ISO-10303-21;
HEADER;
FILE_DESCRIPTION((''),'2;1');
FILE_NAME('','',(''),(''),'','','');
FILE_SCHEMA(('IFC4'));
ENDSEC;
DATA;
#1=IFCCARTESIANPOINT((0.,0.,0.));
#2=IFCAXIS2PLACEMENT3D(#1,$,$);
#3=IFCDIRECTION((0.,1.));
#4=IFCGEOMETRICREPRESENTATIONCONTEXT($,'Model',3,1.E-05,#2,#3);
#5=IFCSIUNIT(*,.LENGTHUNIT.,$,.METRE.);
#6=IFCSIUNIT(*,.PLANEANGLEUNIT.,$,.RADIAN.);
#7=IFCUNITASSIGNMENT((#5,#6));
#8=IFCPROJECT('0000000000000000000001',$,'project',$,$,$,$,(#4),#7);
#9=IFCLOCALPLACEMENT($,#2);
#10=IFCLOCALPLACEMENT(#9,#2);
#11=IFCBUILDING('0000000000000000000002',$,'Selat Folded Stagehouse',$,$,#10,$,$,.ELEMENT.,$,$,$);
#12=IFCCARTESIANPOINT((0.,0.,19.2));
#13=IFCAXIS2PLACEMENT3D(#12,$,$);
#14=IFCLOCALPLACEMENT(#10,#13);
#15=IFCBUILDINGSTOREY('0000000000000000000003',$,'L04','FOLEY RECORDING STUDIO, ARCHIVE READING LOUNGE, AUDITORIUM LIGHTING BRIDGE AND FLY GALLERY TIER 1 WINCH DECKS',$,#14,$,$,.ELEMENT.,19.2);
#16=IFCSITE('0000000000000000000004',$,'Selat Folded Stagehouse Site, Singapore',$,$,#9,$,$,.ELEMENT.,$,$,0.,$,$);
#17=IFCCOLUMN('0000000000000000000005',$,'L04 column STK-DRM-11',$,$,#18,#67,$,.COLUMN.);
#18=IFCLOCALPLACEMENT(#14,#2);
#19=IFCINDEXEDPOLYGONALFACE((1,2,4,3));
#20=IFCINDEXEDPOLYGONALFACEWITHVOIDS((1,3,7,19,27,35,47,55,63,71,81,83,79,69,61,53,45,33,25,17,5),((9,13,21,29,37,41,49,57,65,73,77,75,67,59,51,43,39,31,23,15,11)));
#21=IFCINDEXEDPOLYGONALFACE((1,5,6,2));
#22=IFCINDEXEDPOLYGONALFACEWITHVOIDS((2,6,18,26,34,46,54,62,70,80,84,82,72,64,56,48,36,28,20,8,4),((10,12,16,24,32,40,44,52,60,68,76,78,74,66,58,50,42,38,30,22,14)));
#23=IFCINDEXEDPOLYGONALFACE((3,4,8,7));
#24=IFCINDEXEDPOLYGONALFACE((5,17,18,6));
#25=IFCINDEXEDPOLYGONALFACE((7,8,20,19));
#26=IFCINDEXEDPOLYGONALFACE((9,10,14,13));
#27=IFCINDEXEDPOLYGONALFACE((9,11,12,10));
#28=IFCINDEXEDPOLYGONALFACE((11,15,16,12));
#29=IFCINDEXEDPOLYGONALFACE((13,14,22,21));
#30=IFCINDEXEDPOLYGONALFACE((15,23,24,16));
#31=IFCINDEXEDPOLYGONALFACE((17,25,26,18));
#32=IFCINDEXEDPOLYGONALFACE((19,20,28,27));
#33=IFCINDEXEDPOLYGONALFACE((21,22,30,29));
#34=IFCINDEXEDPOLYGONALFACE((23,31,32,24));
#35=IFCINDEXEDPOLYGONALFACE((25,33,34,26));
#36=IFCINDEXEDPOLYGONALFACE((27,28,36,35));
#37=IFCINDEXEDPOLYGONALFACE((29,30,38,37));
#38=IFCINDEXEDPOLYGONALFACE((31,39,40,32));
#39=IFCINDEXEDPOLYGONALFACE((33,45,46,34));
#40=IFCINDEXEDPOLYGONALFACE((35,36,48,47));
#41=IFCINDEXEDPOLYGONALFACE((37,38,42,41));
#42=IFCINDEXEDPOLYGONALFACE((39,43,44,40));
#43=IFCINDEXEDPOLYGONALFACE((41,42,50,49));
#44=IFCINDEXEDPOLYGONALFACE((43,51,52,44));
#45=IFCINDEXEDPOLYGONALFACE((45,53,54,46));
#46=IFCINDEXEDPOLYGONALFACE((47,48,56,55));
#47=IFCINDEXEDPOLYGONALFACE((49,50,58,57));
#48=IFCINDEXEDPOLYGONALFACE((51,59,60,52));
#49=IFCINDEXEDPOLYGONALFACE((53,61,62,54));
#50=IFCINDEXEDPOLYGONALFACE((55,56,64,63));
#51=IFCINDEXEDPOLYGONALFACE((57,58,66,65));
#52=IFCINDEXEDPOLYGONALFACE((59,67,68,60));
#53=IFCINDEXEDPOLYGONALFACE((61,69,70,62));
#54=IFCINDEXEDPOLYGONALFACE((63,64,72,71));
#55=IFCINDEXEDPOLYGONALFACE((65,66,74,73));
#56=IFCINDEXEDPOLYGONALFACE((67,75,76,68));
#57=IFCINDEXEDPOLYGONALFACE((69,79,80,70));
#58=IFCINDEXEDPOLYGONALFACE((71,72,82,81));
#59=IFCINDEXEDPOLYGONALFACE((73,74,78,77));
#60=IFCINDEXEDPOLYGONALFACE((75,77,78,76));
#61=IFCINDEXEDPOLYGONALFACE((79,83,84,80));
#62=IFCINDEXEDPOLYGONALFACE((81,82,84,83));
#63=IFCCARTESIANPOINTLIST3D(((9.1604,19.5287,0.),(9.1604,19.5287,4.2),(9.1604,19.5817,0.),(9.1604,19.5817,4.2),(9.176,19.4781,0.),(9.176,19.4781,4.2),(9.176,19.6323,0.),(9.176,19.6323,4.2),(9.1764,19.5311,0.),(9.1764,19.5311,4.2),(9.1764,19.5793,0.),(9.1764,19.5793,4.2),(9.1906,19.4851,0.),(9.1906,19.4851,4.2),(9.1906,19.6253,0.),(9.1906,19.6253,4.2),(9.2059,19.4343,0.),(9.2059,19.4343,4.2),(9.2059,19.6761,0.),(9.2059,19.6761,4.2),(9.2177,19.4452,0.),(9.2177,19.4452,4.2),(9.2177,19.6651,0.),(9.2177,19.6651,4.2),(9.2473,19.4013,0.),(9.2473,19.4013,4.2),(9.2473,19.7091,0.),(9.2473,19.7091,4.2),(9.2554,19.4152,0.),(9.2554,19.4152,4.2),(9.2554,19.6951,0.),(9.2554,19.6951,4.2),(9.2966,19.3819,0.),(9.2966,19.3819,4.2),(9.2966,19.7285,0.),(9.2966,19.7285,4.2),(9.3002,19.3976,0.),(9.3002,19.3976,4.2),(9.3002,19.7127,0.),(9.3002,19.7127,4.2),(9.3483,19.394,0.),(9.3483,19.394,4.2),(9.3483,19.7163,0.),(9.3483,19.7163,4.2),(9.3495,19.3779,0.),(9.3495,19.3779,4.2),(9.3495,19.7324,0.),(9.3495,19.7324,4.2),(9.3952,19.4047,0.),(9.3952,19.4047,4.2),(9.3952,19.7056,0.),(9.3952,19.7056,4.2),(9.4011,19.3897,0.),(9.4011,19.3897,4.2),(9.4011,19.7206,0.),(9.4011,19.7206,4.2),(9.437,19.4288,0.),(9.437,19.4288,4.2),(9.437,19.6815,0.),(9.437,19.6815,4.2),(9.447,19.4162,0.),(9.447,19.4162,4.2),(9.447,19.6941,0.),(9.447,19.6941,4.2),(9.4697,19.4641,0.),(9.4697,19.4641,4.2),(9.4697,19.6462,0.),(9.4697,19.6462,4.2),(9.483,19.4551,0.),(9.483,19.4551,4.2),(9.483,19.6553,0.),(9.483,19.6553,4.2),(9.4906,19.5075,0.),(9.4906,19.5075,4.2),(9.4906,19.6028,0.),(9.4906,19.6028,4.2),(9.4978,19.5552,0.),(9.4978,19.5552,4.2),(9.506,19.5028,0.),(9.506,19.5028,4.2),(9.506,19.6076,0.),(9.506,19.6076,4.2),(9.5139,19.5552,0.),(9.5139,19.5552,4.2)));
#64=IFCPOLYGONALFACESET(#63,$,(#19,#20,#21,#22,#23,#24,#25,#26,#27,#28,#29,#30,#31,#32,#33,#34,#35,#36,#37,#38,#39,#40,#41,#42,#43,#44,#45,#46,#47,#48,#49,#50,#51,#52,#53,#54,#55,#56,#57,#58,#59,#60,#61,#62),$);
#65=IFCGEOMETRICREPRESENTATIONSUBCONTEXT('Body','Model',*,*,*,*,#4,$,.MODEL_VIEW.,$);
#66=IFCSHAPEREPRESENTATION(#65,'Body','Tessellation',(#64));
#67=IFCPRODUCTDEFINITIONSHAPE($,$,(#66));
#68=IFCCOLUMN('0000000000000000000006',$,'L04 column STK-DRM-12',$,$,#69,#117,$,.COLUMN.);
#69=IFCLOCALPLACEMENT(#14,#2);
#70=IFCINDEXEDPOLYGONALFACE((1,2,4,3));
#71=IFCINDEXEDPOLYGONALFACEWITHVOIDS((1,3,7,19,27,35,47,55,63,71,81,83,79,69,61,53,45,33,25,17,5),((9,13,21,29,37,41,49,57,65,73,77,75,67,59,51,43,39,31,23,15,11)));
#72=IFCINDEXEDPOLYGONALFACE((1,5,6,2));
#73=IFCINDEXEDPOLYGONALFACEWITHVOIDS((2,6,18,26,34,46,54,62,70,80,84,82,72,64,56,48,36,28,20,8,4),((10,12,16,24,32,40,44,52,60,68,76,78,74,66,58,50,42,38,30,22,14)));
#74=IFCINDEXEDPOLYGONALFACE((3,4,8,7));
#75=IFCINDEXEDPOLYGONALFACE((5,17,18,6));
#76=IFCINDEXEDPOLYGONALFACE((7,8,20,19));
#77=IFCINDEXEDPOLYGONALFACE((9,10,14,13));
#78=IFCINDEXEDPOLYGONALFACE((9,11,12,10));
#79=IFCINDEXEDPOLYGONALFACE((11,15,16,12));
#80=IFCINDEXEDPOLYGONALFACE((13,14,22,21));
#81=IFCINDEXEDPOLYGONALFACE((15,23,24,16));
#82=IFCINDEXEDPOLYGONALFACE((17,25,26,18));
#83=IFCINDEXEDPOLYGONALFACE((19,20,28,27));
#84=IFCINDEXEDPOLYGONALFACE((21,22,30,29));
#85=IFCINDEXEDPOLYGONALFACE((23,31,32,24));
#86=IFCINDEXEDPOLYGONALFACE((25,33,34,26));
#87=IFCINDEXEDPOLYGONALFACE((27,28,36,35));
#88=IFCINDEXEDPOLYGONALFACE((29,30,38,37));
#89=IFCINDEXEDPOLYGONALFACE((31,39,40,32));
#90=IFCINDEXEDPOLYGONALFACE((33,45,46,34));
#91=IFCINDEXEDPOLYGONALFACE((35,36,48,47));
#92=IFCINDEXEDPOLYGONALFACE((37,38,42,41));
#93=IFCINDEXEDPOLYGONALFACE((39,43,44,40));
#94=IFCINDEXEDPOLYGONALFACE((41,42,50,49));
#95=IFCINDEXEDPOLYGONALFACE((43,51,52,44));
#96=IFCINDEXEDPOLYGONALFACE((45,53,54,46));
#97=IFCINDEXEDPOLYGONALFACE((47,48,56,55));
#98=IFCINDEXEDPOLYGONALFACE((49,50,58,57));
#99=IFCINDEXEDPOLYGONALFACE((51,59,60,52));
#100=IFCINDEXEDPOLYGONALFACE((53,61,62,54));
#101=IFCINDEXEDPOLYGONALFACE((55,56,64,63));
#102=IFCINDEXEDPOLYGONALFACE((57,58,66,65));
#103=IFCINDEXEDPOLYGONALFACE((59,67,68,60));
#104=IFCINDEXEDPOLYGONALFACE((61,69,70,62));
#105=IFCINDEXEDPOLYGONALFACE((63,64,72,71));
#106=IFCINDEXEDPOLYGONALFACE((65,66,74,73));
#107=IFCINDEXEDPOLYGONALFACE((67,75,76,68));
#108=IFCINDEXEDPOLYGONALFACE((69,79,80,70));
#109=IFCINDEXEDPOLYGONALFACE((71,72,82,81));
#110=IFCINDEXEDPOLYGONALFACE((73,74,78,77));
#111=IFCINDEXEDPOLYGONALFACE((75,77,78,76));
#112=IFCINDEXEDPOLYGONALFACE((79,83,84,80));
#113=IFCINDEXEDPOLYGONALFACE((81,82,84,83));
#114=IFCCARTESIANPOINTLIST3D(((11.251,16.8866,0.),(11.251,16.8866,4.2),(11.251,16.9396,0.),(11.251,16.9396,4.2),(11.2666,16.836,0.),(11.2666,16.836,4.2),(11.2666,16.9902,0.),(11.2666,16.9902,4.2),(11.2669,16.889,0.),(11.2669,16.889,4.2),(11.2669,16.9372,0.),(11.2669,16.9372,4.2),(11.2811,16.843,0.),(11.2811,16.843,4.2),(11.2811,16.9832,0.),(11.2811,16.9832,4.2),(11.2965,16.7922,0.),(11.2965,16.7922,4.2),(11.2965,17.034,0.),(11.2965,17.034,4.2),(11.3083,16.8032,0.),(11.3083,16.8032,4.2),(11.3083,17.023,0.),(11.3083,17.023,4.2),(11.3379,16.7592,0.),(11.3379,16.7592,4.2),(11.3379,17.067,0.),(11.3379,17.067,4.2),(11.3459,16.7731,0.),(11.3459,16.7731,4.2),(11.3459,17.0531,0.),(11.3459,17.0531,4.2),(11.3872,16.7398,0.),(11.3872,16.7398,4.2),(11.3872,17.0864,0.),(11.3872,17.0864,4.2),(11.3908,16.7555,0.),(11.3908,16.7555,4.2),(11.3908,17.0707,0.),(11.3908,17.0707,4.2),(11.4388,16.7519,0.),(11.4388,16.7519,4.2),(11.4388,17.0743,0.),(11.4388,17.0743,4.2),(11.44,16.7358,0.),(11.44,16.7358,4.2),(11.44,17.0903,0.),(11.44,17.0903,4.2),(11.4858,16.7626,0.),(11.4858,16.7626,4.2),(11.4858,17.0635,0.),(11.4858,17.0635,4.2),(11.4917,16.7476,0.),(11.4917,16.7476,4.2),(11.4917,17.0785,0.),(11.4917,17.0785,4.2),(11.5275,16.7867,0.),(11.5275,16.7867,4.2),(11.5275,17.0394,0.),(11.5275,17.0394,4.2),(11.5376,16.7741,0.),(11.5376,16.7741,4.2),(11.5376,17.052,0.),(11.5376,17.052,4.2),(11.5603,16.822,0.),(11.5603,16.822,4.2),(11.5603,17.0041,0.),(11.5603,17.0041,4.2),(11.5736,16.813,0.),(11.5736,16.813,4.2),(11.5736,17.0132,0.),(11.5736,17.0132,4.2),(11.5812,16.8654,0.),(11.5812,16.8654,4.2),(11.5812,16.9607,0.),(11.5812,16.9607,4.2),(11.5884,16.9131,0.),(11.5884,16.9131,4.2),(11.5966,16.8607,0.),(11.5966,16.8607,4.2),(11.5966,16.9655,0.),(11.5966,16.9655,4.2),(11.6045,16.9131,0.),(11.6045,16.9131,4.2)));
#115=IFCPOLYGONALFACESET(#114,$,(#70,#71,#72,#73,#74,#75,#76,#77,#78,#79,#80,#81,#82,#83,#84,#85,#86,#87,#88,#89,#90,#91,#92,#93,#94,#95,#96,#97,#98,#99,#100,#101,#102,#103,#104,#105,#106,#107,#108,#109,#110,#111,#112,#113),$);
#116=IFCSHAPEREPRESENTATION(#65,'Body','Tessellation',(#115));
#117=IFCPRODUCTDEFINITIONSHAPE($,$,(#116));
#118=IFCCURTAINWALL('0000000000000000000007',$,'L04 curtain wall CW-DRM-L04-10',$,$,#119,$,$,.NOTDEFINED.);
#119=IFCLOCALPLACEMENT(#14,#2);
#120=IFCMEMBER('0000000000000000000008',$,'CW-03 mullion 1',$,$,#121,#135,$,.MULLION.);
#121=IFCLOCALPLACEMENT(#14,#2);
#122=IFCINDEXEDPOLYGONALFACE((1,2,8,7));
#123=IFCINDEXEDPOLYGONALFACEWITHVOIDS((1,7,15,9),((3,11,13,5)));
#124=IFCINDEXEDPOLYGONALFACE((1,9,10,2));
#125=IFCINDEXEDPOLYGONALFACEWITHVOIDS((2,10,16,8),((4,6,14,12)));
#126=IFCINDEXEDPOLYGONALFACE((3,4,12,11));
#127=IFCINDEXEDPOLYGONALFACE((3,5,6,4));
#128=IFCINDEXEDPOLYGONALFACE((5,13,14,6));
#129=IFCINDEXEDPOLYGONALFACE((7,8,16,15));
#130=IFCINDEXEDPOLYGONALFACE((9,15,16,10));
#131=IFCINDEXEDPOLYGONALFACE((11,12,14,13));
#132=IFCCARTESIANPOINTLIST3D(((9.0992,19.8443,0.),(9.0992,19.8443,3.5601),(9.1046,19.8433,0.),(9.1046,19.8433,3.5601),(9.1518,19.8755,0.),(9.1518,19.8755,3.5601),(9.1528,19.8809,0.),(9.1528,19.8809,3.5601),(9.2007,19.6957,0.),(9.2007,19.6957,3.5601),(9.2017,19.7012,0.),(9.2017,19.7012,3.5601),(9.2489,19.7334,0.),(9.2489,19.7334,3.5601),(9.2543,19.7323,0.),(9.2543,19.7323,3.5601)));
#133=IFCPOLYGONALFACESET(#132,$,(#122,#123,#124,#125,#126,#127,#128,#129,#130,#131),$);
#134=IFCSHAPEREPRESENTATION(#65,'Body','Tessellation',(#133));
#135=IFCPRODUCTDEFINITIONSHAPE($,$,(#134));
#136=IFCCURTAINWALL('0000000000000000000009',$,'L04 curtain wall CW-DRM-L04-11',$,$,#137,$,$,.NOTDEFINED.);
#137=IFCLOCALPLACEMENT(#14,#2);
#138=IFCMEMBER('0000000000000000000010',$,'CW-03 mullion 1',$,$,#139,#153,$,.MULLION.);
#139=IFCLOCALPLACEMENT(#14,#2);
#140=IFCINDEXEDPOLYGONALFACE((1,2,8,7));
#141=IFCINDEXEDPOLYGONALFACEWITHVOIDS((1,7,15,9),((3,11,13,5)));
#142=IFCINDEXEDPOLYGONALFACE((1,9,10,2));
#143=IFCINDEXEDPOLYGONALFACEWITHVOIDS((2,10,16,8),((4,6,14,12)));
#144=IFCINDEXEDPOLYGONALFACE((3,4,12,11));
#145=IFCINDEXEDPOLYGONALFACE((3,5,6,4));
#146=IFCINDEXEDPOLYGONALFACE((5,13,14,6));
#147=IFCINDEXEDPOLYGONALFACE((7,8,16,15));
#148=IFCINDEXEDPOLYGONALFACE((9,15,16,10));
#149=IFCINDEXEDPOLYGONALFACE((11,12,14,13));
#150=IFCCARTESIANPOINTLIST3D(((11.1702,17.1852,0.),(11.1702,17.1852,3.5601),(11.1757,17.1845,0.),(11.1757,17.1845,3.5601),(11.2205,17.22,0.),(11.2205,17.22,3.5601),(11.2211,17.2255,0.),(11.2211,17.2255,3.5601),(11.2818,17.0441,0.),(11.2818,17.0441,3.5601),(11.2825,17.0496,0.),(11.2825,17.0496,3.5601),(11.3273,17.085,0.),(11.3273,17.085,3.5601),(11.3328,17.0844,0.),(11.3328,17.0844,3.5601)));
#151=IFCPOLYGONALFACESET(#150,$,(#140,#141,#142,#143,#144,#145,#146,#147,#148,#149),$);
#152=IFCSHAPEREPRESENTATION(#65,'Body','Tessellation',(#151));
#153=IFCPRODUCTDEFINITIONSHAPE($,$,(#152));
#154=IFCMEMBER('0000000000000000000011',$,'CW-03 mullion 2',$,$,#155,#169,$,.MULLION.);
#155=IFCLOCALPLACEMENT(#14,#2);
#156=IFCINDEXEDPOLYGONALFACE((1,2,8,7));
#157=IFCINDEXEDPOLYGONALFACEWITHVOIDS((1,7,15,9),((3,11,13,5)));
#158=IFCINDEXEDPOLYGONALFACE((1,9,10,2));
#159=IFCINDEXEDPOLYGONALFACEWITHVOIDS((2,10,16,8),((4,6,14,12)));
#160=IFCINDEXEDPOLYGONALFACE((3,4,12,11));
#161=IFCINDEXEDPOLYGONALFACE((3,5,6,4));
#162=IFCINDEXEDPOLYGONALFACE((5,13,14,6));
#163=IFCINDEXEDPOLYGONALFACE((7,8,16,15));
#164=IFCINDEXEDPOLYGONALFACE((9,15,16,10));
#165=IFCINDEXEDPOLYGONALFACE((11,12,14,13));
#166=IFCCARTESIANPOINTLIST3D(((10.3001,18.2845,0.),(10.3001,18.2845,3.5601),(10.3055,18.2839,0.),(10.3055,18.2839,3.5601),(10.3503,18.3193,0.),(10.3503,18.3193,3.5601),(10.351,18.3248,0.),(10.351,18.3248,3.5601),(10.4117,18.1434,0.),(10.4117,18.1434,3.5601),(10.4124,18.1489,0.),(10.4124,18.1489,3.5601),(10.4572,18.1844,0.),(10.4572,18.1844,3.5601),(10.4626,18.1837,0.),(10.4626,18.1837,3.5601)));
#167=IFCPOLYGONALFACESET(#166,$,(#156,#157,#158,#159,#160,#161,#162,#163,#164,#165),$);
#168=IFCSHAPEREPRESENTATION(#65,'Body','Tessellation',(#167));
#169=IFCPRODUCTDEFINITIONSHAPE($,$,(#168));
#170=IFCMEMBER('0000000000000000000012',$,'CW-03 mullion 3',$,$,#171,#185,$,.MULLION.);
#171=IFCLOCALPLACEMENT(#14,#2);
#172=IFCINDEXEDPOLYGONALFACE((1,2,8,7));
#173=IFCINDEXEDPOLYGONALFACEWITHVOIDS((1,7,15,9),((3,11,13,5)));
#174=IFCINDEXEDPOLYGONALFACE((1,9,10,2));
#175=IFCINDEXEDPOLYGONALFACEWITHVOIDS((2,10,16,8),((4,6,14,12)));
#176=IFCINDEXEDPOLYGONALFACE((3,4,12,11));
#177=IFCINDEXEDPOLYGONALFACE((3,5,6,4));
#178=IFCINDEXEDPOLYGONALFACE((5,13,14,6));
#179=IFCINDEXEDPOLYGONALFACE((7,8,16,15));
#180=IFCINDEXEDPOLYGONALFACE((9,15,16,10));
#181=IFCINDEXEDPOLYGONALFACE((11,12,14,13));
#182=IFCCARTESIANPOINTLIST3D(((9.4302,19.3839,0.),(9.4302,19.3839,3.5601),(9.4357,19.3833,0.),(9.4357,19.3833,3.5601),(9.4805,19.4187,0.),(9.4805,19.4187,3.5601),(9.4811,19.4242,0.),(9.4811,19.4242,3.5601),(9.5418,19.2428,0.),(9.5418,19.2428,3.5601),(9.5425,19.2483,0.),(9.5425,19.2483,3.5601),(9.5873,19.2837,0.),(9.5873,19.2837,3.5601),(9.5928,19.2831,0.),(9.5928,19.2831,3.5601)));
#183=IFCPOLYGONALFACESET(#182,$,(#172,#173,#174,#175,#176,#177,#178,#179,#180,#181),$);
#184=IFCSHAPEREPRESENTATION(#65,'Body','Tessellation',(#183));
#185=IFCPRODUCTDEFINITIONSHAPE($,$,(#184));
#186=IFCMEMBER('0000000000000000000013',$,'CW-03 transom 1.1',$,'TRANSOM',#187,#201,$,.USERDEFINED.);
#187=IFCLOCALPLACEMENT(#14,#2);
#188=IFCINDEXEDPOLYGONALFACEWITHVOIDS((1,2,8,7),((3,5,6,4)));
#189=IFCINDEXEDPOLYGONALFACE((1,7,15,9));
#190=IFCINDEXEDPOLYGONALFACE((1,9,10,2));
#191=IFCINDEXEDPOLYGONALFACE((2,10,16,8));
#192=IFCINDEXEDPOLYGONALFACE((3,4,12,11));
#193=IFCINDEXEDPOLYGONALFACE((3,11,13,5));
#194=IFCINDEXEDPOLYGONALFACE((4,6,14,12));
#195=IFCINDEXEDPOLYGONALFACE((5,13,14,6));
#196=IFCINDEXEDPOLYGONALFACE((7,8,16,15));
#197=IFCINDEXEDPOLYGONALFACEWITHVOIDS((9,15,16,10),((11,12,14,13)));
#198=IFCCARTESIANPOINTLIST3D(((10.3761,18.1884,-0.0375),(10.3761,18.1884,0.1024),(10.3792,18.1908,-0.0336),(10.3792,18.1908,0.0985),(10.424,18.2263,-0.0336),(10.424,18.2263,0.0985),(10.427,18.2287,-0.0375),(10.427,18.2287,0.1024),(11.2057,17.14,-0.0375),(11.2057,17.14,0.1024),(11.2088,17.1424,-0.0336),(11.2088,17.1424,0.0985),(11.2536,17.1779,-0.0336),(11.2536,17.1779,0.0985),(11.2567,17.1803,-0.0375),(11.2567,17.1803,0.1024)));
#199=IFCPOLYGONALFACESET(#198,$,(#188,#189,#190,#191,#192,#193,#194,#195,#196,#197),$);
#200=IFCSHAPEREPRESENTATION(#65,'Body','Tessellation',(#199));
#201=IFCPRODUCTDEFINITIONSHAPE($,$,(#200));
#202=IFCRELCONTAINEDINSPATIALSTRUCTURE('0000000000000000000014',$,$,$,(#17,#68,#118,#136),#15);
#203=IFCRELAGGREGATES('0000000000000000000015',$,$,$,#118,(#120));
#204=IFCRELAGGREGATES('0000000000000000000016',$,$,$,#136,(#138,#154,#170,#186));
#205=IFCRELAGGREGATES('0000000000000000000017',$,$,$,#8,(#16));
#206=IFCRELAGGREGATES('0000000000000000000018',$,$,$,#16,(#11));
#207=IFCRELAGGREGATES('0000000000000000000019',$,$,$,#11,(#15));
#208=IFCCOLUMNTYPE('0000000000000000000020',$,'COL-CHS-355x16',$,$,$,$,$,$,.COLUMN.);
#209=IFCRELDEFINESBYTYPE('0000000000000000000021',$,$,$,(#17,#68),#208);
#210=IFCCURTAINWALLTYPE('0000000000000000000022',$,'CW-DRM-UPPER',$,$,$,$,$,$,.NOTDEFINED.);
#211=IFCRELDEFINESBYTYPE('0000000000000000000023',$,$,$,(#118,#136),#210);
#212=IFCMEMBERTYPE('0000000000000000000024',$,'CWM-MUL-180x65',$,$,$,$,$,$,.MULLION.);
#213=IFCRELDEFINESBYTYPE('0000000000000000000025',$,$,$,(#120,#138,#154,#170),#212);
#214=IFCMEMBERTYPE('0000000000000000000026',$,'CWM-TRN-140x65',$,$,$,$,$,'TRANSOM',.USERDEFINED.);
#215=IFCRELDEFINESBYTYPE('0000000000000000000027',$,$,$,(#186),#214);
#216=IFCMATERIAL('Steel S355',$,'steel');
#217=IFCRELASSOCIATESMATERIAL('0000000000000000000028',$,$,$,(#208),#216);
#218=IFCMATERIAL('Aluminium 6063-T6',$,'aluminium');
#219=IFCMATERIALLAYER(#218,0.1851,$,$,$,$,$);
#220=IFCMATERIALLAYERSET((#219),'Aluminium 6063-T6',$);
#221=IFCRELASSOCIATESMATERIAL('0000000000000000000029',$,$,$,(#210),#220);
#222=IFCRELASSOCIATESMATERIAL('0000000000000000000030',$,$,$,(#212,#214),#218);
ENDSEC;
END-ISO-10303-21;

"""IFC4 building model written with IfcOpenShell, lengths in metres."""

from ifc_helpers import new_model, si_unit, direction, frame, origin, origin_2d, place, context, subcontext, project, spatial, hollow_rectangle, hollow_circle, extrude, material, layer, layer_set, material_profile, profile_set, type_object, element, aggregate, save


model = new_model("IFC4")

# Units and contexts
model_context = context("Model", 3, precision=1e-05, world=origin(), true_north=direction((0.0, 1.0)))
body_context = subcontext(model_context, "Body", "Model", "MODEL_VIEW")
ifc_project = project(units=[si_unit("LENGTHUNIT", "METRE"), si_unit("PLANEANGLEUNIT", "RADIAN")], contexts=[model_context])

# Site, building, storey
site_placement = place(None, origin())
site = spatial("IfcSite", under=ifc_project, at=site_placement, Name="Selat Folded Stagehouse Site, Singapore", CompositionType="ELEMENT", RefElevation=0.0)
building_placement = place(site_placement, origin())
building = spatial("IfcBuilding", under=site, at=building_placement, Name="Selat Folded Stagehouse", CompositionType="ELEMENT")
storey_placement = place(building_placement, frame((0.0, 0.0, 19.2)))
storey = spatial("IfcBuildingStorey", under=building, at=storey_placement, Name="L04", Description="FOLEY RECORDING STUDIO, ARCHIVE READING LOUNGE, AUDITORIUM LIGHTING BRIDGE AND FLY GALLERY TIER 1 WINCH DECKS", CompositionType="ELEMENT", Elevation=19.2)

# Columns
ifc_material_1 = material(Name="Steel S355", Category="steel")
ifc_material_profile_1 = material_profile(ifc_material_1, hollow_circle(Radius=0.1777, WallThickness=0.0161, at=origin_2d()), Name="CHS 355.6x16.0")
ifc_profile_set_1 = profile_set([ifc_material_profile_1], Name="Steel S355")
column_type = type_object("IfcColumnType", Name="COL-CHS-355x16", PredefinedType="COLUMN", material=ifc_profile_set_1)
for number, where, z_axis, x_axis, name in (
    (1, (9.3362, 19.5552, 0.0), (0.0, 0.0, 1.0), (1.0, 0.0, 0.0), "L04 column STK-DRM-11"),
    (2, (11.4268, 16.9131, 0.0), (0.0, 0.0, 1.0), (1.0, 0.0, 0.0), "L04 column STK-DRM-12"),
):
    element("IfcColumn", number, at=place(storey_placement, frame(where, z_axis=z_axis, x_axis=x_axis)), inside=storey, type_object=column_type, Name=name, PredefinedType="COLUMN", context=body_context, shape_type="SweptSolid", body=[
        extrude(hollow_circle(Radius=0.1777, WallThickness=0.0161, at=origin_2d()), origin(), (0.0, 0.0, 1.0), 4.2),
    ])

# Curtain wall, member
ifc_material_2 = material(Name="Aluminium 6063-T6", Category="aluminium")
ifc_layer_1 = layer(ifc_material_2, 0.1851)
ifc_layer_set_1 = layer_set([ifc_layer_1], Name="Aluminium 6063-T6")
curtain_wall_type = type_object("IfcCurtainWallType", Name="CW-DRM-UPPER", PredefinedType="NOTDEFINED", material=ifc_layer_set_1)
curtain_wall_1_placement = place(storey_placement, origin())
curtain_wall_1 = element("IfcCurtainWall", 3, at=curtain_wall_1_placement, inside=storey, type_object=curtain_wall_type, Name="L04 curtain wall CW-DRM-L04-10", PredefinedType="NOTDEFINED")
ifc_material_profile_2 = material_profile(ifc_material_2, hollow_rectangle(XDim=0.0649, YDim=0.1799, WallThickness=0.0039, at=origin_2d()), Name="ALU 180x65x4.0")
ifc_profile_set_2 = profile_set([ifc_material_profile_2], Name="Aluminium 6063-T6")
member_type_1 = type_object("IfcMemberType", Name="CWM-MUL-180x65", PredefinedType="MULLION", material=ifc_profile_set_2)
member_1_placement = place(storey_placement, frame((9.1768, 19.7883, 0.0), z_axis=(0.0, 0.0, 1.0), x_axis=(-0.82581, -0.563948, 0.0)))
member_1 = element("IfcMember", 4, at=member_1_placement, type_object=member_type_1, Name="CW-03 mullion 1", PredefinedType="MULLION", context=body_context, shape_type="SweptSolid", body=[
    extrude(hollow_rectangle(XDim=0.0649, YDim=0.1799, WallThickness=0.0039, at=origin_2d()), origin(), (0.0, 0.0, 1.0), 3.5601),
])
aggregate(curtain_wall_1, [member_1])

# Curtain wall, members
curtain_wall_2_placement = place(storey_placement, origin())
curtain_wall_2 = element("IfcCurtainWall", 5, at=curtain_wall_2_placement, inside=storey, type_object=curtain_wall_type, Name="L04 curtain wall CW-DRM-L04-11", PredefinedType="NOTDEFINED")
member_2_placement = place(storey_placement, frame((11.2515, 17.1348, 0.0), z_axis=(0.0, 0.0, 1.0), x_axis=(-0.78418, -0.620533, 0.0)))
member_2 = element("IfcMember", 6, at=member_2_placement, type_object=member_type_1, Name="CW-03 mullion 1", PredefinedType="MULLION", context=body_context, shape_type="SweptSolid", body=[
    extrude(hollow_rectangle(XDim=0.0649, YDim=0.1799, WallThickness=0.0039, at=origin_2d()), origin(), (0.0, 0.0, 1.0), 3.5601),
])
member_3_placement = place(storey_placement, frame((10.3813, 18.2341, 0.0), z_axis=(0.0, 0.0, 1.0), x_axis=(-0.78418, -0.620533, 0.0)))
member_3 = element("IfcMember", 7, at=member_3_placement, type_object=member_type_1, Name="CW-03 mullion 2", PredefinedType="MULLION", context=body_context, shape_type="SweptSolid", body=[
    extrude(hollow_rectangle(XDim=0.0649, YDim=0.1799, WallThickness=0.0039, at=origin_2d()), origin(), (0.0, 0.0, 1.0), 3.5601),
])
member_4_placement = place(storey_placement, frame((9.5115, 19.3335, 0.0), z_axis=(0.0, 0.0, 1.0), x_axis=(-0.78418, -0.620533, 0.0)))
member_4 = element("IfcMember", 8, at=member_4_placement, type_object=member_type_1, Name="CW-03 mullion 3", PredefinedType="MULLION", context=body_context, shape_type="SweptSolid", body=[
    extrude(hollow_rectangle(XDim=0.0649, YDim=0.1799, WallThickness=0.0039, at=origin_2d()), origin(), (0.0, 0.0, 1.0), 3.5601),
])
ifc_material_profile_3 = material_profile(ifc_material_2, hollow_rectangle(XDim=0.0649, YDim=0.1399, WallThickness=0.0039, at=origin_2d()), Name="ALU 140x65x4.0")
ifc_profile_set_3 = profile_set([ifc_material_profile_3], Name="Aluminium 6063-T6")
member_type_2 = type_object("IfcMemberType", Name="CWM-TRN-140x65", ElementType="TRANSOM", PredefinedType="USERDEFINED", material=ifc_profile_set_3)
member_5_placement = place(storey_placement, frame((11.2312, 17.1602, 0.0325), z_axis=(-0.620544, 0.784172, 0.0), x_axis=(-0.784172, -0.620544, 0.0)))
member_5 = element("IfcMember", 9, at=member_5_placement, type_object=member_type_2, Name="CW-03 transom 1.1", ObjectType="TRANSOM", PredefinedType="USERDEFINED", context=body_context, shape_type="SweptSolid", body=[
    extrude(hollow_rectangle(XDim=0.0649, YDim=0.1399, WallThickness=0.0039, at=origin_2d()), origin(), (0.0, 0.0, 1.0), 1.3369),
])

aggregate(curtain_wall_2, [member_2, member_3, member_4, member_5])

save(model, "model.ifc")
